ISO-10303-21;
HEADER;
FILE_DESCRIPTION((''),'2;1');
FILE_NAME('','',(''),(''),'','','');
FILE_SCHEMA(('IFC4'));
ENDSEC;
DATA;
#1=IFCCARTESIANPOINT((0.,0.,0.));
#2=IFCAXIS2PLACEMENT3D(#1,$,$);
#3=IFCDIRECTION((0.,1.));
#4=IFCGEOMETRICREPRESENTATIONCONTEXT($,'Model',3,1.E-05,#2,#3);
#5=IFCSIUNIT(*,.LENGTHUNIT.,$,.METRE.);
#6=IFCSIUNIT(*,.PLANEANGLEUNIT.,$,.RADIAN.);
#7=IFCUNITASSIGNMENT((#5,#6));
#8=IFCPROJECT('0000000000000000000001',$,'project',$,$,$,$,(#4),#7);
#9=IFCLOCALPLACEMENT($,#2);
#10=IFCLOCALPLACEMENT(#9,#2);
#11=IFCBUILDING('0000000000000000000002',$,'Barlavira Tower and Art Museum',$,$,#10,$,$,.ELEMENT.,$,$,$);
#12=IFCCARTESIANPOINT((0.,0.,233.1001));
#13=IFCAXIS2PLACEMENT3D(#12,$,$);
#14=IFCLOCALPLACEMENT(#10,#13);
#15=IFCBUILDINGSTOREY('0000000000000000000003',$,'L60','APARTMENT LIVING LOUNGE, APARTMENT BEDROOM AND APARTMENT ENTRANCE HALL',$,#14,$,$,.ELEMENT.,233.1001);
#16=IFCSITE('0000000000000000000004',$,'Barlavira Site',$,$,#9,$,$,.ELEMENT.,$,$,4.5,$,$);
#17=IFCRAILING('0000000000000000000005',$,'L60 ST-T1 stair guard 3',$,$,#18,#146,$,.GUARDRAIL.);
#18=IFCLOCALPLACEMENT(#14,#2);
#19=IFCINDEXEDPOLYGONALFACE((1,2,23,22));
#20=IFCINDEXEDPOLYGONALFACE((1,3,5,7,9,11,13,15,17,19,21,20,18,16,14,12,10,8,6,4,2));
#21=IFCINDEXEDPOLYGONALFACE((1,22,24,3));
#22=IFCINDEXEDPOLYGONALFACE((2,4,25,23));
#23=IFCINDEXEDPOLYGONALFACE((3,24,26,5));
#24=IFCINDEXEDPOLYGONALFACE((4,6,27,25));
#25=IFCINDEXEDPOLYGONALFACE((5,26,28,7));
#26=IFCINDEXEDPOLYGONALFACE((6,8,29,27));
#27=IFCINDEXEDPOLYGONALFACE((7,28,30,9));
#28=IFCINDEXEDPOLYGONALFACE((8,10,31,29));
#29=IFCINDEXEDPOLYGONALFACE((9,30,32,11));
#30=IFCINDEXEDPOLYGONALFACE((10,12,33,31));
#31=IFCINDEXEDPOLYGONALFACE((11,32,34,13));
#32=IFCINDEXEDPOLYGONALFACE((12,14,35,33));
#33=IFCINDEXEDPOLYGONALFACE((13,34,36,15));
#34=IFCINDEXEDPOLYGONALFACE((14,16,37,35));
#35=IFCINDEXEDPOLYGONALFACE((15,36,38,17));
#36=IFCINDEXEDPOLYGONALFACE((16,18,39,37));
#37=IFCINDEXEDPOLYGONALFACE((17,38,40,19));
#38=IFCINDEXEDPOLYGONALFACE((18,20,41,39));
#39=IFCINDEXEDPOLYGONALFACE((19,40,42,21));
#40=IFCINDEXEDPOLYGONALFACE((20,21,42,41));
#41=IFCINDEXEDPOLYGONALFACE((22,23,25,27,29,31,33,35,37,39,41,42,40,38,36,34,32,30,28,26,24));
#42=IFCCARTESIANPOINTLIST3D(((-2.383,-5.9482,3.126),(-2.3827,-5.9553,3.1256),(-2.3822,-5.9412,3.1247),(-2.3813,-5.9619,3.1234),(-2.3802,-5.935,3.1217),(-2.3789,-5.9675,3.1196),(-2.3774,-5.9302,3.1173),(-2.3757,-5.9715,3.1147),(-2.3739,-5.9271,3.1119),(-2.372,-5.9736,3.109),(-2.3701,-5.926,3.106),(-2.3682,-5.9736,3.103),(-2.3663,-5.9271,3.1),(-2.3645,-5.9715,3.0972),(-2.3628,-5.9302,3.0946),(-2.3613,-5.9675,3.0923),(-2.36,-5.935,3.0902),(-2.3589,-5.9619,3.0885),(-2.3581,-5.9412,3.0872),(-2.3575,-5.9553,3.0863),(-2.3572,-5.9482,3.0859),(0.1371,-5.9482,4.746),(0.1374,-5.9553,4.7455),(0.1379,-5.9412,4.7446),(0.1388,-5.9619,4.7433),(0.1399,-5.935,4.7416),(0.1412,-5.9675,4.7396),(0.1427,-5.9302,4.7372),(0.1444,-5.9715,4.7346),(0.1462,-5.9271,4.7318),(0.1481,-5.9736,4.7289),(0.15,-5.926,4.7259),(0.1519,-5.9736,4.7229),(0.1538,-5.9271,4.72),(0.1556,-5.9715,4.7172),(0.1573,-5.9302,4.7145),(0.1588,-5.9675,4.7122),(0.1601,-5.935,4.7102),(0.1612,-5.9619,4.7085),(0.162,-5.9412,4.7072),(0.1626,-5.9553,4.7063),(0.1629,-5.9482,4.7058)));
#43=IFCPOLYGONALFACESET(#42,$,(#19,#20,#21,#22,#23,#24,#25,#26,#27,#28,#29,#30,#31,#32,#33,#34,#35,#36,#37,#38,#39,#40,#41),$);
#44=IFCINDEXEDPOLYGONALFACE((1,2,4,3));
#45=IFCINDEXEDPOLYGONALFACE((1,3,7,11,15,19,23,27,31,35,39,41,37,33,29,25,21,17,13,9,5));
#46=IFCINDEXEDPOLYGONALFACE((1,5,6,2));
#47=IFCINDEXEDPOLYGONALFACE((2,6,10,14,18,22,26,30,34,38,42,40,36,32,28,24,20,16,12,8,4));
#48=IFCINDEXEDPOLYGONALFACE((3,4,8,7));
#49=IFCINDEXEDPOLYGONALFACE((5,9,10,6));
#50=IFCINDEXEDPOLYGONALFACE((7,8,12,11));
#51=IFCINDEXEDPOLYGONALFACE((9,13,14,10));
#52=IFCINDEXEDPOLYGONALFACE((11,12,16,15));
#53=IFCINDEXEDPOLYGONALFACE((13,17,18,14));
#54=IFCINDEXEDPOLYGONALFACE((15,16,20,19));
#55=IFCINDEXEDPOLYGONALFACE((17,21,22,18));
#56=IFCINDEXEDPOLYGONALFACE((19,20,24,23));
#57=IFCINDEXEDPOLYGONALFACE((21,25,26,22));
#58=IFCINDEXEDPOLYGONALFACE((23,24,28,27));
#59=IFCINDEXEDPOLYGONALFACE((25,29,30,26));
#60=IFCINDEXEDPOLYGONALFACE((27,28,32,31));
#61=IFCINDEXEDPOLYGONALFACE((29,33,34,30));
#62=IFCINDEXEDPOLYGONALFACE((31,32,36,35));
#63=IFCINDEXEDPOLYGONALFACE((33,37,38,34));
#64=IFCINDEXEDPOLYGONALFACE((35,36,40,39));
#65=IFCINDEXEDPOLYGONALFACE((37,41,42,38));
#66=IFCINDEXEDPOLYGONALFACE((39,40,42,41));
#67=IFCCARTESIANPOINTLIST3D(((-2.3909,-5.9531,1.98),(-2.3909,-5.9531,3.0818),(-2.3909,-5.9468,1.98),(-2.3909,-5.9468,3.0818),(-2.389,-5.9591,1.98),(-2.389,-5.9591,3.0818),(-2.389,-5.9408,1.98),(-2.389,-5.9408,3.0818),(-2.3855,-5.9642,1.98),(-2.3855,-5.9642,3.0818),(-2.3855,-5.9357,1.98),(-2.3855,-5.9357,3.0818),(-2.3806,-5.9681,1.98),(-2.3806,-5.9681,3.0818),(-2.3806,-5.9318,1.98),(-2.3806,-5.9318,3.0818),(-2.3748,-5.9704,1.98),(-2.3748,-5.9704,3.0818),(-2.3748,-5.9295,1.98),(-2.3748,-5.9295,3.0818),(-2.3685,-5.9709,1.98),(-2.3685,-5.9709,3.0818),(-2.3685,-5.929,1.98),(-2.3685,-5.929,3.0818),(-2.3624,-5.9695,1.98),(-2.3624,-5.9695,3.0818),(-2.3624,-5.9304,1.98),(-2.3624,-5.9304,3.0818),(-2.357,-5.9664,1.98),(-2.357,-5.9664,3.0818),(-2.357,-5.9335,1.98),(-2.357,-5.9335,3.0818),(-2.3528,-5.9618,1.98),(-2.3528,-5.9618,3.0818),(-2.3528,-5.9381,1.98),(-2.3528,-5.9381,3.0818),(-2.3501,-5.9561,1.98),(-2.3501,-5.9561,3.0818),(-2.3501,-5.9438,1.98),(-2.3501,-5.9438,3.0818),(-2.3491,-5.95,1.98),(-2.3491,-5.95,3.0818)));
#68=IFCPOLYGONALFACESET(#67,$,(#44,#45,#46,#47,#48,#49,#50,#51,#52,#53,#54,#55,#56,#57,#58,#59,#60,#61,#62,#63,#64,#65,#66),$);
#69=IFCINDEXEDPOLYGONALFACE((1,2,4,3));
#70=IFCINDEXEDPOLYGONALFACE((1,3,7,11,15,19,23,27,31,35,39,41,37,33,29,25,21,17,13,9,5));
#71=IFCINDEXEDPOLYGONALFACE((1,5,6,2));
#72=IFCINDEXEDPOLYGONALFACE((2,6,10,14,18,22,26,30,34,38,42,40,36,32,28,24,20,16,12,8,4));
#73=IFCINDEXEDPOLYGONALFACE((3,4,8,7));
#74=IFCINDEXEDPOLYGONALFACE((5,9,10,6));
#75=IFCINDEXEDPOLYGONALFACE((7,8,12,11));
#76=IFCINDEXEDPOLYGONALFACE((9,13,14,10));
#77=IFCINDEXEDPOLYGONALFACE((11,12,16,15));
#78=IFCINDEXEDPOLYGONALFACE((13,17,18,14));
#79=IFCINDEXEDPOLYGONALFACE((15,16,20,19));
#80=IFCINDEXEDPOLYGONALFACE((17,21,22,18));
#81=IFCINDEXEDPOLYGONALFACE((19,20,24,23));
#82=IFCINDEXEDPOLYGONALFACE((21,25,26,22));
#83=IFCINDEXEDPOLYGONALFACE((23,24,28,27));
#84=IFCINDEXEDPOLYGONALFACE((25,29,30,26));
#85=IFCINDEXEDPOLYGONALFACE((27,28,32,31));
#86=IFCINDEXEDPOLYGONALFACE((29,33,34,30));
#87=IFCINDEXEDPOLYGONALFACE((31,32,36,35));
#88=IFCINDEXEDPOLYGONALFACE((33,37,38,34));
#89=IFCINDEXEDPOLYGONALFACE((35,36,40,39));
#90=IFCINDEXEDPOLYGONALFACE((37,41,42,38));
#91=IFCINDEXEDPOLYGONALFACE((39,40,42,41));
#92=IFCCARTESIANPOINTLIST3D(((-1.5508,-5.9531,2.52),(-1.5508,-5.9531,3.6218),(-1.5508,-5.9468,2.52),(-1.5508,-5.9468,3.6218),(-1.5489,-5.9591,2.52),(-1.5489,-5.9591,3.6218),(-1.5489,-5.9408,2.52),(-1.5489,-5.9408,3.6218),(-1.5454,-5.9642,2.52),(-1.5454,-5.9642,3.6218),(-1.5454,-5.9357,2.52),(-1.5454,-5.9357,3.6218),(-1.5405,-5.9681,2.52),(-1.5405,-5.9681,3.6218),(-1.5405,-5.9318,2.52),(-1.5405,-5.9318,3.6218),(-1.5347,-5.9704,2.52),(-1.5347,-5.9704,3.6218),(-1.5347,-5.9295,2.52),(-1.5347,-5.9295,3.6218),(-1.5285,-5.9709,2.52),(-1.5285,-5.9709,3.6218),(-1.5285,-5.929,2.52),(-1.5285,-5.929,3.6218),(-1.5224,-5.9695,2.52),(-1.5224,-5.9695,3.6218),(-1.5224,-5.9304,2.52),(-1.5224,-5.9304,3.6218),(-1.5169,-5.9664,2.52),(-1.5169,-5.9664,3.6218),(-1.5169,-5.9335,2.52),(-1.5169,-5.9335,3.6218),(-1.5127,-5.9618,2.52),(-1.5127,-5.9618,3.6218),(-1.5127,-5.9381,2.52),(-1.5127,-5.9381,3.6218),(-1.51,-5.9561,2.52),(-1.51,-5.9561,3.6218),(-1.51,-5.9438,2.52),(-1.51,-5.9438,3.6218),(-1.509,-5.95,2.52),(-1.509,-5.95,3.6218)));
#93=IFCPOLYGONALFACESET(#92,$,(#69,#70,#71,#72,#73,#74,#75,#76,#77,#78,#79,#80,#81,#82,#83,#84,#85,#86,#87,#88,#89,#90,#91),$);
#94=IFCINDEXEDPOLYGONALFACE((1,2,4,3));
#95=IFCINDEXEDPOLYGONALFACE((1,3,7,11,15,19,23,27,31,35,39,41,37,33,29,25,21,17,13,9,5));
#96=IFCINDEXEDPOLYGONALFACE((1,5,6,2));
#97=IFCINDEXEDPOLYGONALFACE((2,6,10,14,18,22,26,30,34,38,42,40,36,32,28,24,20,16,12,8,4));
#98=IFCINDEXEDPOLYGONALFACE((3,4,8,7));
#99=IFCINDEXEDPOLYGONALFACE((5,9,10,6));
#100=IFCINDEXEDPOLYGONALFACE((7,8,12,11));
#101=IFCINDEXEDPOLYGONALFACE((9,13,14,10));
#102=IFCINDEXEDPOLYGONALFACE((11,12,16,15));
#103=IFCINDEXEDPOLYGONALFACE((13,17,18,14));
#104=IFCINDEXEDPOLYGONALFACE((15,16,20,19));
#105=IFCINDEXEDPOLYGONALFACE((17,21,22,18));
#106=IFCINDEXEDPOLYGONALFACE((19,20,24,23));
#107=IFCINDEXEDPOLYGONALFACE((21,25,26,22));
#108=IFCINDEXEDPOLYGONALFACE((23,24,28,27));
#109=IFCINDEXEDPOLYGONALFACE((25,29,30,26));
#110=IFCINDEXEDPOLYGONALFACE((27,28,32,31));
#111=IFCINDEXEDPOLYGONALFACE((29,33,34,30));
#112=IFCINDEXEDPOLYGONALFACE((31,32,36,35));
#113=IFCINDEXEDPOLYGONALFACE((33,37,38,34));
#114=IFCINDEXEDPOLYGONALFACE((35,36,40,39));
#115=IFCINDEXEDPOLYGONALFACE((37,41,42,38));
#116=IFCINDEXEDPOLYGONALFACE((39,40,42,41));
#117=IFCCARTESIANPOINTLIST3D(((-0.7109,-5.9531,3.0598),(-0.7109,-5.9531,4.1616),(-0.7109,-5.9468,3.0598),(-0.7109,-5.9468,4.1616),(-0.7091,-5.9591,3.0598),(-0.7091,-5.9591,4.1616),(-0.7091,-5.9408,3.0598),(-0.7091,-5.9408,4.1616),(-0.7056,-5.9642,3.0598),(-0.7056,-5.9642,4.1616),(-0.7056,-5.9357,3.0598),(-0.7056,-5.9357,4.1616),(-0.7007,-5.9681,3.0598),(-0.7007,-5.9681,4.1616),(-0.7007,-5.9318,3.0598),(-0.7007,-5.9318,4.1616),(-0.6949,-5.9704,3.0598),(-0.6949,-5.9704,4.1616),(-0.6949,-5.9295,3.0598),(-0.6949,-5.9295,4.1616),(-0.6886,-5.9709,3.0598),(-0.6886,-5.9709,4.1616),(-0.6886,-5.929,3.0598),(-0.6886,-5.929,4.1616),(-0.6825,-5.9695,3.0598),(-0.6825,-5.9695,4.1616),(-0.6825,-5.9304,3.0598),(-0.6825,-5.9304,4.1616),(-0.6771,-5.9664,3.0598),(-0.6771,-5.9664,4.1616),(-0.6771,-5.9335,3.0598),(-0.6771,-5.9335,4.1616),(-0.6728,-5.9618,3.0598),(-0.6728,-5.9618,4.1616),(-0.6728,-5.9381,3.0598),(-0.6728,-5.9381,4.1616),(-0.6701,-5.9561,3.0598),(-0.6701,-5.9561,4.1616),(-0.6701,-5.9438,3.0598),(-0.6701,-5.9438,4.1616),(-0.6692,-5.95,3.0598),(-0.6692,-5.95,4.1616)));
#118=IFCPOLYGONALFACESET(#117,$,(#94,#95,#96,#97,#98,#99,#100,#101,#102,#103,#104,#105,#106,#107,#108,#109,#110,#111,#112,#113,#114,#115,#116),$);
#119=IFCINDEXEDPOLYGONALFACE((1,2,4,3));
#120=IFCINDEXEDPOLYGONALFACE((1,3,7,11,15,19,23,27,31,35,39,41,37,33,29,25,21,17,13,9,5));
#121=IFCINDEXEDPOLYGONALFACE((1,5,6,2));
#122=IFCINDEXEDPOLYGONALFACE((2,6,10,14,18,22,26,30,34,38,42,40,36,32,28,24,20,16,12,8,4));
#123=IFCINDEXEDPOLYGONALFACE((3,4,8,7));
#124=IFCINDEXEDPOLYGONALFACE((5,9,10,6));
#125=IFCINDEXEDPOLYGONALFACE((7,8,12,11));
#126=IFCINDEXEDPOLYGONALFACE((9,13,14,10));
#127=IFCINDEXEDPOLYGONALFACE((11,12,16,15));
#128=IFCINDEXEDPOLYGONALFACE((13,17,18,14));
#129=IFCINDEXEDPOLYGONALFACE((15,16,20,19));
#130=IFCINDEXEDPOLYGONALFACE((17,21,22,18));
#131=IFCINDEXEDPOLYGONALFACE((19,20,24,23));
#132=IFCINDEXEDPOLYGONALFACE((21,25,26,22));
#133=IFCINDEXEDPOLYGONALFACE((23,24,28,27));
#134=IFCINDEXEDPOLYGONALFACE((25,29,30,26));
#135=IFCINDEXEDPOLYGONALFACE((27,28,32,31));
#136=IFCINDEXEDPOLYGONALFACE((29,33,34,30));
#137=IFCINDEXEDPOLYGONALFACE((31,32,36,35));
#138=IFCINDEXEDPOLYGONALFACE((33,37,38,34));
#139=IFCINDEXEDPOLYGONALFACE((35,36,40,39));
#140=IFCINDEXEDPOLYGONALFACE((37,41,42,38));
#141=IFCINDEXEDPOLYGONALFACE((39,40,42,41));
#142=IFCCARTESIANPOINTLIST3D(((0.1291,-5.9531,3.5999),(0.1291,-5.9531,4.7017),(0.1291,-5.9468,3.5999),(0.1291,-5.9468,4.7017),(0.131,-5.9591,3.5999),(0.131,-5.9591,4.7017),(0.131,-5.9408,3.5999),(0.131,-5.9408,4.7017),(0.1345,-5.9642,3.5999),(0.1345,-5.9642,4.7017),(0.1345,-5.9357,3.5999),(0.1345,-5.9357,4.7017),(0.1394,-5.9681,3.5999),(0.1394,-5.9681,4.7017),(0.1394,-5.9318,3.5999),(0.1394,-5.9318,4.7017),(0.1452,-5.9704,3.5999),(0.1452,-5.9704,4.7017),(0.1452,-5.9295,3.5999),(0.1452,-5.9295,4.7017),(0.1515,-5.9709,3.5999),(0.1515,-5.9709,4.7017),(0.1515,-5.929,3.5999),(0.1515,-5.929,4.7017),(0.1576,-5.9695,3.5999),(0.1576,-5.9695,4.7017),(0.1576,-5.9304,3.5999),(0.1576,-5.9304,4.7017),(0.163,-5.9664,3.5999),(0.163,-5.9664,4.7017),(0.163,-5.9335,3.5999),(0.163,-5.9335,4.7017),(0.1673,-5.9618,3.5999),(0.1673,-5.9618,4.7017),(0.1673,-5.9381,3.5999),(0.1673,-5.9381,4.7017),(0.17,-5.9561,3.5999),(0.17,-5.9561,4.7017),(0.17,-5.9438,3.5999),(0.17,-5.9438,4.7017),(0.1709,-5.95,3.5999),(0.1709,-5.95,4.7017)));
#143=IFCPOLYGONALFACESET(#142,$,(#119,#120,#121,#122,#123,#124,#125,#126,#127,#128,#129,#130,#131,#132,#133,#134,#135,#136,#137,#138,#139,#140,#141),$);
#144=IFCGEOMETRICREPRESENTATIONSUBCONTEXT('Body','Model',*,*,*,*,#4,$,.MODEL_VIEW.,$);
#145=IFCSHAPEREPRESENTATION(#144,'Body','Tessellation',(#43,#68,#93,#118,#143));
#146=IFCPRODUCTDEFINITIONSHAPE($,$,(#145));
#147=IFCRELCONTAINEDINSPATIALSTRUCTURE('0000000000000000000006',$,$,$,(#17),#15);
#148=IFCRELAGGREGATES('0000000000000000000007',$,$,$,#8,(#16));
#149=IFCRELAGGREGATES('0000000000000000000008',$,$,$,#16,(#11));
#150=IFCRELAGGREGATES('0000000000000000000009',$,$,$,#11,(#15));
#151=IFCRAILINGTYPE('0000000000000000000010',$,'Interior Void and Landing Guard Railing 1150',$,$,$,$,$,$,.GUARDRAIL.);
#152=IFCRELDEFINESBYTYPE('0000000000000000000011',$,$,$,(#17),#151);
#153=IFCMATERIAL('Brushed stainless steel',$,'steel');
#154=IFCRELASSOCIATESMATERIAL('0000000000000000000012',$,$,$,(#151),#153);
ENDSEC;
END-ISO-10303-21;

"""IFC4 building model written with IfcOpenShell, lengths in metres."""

from ifc_helpers import new_model, si_unit, direction, frame, origin, origin_2d, place, context, subcontext, project, spatial, circle, extrude, material, type_object, element, save


model = new_model("IFC4")

# Units and contexts
model_context = context("Model", 3, precision=1e-05, world=origin(), true_north=direction((0.0, 1.0)))
body_context = subcontext(model_context, "Body", "Model", "MODEL_VIEW")
ifc_project = project(units=[si_unit("LENGTHUNIT", "METRE"), si_unit("PLANEANGLEUNIT", "RADIAN")], contexts=[model_context])

# Site, building, storey
site_placement = place(None, origin())
site = spatial("IfcSite", under=ifc_project, at=site_placement, Name="Barlavira Site", CompositionType="ELEMENT", RefElevation=4.5)
building_placement = place(site_placement, origin())
building = spatial("IfcBuilding", under=site, at=building_placement, Name="Barlavira Tower and Art Museum", CompositionType="ELEMENT")
storey_placement = place(building_placement, frame((0.0, 0.0, 233.1001)))
storey = spatial("IfcBuildingStorey", under=building, at=storey_placement, Name="L60", Description="APARTMENT LIVING LOUNGE, APARTMENT BEDROOM AND APARTMENT ENTRANCE HALL", CompositionType="ELEMENT", Elevation=233.1001)

# Shared definitions
ifc_material_1 = material(Name="Brushed stainless steel", Category="steel")

# Railing
railing_type_1 = type_object("IfcRailingType", Name="Interior Void and Landing Guard Railing 1150", PredefinedType="GUARDRAIL", material=ifc_material_1)
railing_1_placement = place(storey_placement, frame((-2.3701, -5.95, 1.98)))
element("IfcRailing", 1, at=railing_1_placement, inside=storey, type_object=railing_type_1, Name="L60 ST-T1 stair guard 3", PredefinedType="GUARDRAIL", context=body_context, shape_type="SweptSolid", body=[
    extrude(circle(Radius=0.0239, at=origin_2d()), frame((0.0, 0.0, 1.126), z_axis=(0.8412, 0.0, 0.540725), x_axis=(0.0, 1.0, 0.0)), (0.0, 0.0, 1.0), 2.9958),
    extrude(circle(Radius=0.021, at=origin_2d()), origin(), (0.0, 0.0, 1.0), 1.1018),
    extrude(circle(Radius=0.021, at=origin_2d()), frame((0.8401, 0.0, 0.54)), (0.0, 0.0, 1.0), 1.1018),
    extrude(circle(Radius=0.021, at=origin_2d()), frame((1.6799, 0.0, 1.0798)), (0.0, 0.0, 1.0), 1.1018),
    extrude(circle(Radius=0.021, at=origin_2d()), frame((2.52, 0.0, 1.6199)), (0.0, 0.0, 1.0), 1.1018),
])

save(model, "model.ifc")
